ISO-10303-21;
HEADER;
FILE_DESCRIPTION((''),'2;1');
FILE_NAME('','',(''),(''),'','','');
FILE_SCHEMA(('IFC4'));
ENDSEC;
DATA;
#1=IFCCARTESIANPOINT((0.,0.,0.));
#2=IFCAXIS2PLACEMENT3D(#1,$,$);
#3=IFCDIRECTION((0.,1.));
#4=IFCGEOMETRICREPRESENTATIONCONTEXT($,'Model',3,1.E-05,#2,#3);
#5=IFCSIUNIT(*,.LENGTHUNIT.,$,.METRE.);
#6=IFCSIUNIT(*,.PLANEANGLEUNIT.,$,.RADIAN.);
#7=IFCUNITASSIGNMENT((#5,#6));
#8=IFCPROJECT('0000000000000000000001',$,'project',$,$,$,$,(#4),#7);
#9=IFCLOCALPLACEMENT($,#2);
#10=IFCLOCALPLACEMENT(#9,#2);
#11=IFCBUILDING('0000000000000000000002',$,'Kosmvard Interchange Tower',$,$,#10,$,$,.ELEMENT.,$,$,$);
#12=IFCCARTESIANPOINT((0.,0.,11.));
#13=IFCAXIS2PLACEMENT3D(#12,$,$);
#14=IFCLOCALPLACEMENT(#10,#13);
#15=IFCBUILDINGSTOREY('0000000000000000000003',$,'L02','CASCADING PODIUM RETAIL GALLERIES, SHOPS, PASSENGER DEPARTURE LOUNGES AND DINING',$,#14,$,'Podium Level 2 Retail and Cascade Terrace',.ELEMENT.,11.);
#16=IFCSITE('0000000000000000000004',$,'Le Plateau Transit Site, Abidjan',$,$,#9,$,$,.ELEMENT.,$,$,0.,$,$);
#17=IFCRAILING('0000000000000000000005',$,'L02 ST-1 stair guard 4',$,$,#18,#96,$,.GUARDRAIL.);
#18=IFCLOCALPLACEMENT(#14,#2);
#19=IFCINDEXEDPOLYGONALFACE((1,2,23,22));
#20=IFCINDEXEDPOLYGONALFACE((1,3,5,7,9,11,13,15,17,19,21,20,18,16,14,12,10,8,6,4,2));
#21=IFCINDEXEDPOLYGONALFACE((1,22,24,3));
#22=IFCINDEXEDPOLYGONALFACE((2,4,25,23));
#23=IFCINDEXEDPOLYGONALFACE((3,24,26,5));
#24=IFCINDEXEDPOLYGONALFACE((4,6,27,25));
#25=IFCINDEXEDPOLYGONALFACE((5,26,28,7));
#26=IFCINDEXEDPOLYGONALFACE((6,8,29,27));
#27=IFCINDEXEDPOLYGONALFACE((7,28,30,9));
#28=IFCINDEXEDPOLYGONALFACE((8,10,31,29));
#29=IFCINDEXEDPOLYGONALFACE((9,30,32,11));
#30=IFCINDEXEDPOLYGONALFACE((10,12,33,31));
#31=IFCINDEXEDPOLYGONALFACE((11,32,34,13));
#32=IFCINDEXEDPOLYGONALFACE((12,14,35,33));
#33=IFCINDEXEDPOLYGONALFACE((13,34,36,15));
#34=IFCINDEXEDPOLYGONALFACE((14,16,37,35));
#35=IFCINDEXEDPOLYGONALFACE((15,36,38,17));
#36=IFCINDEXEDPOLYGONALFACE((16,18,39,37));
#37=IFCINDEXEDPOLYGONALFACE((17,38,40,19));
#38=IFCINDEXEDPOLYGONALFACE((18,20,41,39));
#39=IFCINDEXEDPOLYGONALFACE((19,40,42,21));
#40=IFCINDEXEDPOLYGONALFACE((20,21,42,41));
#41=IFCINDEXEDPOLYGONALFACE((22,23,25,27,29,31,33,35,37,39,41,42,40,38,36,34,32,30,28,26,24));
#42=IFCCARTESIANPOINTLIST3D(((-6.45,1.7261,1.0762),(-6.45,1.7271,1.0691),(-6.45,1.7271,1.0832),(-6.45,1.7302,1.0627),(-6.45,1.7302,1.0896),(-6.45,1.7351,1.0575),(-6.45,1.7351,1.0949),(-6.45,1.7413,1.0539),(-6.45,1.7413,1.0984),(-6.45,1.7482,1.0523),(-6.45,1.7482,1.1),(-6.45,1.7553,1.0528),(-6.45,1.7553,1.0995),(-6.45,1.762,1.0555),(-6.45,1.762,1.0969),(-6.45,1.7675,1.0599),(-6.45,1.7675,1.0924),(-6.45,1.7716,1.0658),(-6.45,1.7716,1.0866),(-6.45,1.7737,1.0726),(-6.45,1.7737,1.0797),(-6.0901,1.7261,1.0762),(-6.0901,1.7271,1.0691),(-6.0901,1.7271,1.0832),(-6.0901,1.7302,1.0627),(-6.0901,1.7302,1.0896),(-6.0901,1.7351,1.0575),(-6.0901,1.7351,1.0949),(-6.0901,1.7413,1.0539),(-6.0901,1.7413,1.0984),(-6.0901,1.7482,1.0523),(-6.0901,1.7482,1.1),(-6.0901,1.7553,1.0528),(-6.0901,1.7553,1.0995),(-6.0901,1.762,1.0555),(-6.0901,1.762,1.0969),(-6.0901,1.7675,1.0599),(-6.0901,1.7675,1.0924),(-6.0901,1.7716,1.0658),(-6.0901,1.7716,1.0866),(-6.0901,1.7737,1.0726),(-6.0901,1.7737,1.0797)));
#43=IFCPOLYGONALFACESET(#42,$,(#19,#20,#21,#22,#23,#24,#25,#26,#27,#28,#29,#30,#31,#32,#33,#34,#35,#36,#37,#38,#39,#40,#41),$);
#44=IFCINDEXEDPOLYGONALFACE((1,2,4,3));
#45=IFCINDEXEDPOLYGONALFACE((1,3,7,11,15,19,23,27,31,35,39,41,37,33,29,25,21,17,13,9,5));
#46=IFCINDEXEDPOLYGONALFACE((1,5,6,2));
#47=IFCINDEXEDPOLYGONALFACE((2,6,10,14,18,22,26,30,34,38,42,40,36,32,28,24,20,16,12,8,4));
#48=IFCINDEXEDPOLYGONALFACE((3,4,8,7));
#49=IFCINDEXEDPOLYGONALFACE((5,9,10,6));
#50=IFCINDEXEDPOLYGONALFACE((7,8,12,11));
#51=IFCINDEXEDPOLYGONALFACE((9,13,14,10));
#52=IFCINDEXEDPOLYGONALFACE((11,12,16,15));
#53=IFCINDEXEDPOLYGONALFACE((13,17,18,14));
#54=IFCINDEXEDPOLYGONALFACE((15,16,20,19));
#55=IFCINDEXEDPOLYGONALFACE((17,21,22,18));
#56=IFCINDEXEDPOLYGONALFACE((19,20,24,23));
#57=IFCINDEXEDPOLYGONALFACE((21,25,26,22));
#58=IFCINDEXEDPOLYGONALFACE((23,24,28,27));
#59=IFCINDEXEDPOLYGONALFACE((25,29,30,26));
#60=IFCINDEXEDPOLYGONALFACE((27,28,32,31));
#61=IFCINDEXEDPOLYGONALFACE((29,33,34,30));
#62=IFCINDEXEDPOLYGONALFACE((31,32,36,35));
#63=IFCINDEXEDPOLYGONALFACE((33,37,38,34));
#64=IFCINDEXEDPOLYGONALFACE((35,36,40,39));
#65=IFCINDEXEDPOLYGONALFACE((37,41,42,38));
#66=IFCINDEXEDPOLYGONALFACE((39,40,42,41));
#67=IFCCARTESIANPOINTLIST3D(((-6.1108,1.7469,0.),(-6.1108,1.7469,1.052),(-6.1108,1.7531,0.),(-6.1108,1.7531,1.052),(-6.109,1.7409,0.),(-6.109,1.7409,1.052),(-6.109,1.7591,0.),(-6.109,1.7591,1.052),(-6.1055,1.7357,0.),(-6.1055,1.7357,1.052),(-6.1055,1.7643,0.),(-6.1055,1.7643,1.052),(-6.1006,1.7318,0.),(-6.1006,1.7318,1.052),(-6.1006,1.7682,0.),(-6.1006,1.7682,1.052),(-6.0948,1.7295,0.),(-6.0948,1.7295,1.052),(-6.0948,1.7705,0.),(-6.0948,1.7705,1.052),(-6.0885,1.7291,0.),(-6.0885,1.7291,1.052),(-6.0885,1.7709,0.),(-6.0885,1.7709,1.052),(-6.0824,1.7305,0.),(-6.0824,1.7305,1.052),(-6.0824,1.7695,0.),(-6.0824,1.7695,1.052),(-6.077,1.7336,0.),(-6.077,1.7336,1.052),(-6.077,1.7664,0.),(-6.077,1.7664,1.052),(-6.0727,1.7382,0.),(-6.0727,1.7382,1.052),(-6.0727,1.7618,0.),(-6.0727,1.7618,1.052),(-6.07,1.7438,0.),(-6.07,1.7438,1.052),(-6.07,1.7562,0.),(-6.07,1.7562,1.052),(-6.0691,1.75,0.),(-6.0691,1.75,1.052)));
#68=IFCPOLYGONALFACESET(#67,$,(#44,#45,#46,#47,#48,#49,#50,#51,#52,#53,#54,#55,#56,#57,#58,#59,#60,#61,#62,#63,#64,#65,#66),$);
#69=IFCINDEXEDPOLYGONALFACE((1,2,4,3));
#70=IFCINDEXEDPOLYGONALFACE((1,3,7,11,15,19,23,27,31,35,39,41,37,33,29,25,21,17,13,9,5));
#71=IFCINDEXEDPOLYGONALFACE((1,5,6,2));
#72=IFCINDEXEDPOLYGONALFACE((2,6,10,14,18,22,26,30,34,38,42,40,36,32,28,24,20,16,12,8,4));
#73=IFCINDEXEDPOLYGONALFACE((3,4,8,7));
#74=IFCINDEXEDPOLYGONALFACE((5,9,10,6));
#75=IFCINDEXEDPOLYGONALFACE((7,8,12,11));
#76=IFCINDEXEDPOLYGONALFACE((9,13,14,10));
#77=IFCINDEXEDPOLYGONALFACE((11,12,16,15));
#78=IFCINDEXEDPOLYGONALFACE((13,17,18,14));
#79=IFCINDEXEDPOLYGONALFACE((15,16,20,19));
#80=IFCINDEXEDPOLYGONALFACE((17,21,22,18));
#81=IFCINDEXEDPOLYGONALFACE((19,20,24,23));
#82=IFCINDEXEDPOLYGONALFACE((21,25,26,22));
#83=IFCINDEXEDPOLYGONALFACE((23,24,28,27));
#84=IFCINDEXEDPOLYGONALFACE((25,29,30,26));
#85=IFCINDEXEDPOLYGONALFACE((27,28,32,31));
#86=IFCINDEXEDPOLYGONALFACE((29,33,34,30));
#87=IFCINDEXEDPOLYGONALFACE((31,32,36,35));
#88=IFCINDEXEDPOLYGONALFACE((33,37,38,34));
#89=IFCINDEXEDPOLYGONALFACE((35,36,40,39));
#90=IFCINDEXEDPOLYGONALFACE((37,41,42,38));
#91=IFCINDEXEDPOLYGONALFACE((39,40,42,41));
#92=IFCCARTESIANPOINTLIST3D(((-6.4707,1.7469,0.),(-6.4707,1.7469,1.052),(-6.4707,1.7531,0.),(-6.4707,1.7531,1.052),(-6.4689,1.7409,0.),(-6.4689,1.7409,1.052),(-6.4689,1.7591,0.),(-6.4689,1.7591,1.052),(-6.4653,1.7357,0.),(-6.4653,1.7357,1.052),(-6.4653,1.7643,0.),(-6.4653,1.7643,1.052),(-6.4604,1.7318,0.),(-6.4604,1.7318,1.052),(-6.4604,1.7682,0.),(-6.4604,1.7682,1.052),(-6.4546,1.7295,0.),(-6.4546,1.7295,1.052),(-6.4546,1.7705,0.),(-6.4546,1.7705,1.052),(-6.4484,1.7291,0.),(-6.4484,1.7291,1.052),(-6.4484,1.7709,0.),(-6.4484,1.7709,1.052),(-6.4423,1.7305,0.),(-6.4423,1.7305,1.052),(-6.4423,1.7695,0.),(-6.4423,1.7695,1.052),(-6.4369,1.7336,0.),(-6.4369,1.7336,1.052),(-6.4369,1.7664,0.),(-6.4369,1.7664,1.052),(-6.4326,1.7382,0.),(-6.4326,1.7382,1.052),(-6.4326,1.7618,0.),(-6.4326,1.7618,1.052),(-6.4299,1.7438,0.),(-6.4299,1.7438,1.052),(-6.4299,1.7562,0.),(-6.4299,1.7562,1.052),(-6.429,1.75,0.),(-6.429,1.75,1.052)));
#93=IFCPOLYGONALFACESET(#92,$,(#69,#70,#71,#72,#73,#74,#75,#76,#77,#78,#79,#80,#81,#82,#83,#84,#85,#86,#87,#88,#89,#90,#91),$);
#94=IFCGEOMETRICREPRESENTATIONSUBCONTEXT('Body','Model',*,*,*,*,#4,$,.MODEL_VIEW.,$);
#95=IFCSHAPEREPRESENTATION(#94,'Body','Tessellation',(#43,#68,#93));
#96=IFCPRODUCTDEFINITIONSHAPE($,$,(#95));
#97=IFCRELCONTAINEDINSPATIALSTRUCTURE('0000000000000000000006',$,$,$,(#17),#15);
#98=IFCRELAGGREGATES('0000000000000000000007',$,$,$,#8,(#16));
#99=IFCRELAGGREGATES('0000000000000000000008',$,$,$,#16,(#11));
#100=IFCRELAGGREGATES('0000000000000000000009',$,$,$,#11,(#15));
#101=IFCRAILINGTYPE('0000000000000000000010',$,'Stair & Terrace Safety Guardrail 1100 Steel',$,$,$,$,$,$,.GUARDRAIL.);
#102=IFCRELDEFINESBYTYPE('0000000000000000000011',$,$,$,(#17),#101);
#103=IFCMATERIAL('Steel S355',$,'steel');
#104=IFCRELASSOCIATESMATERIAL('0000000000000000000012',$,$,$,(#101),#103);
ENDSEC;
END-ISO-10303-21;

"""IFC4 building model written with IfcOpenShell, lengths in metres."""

from ifc_helpers import new_model, si_unit, direction, frame, origin, origin_2d, place, context, subcontext, project, spatial, circle, extrude, source, transform, mapped, material, type_object, element, save


model = new_model("IFC4")

# Units and contexts
model_context = context("Model", 3, precision=1e-05, world=origin(), true_north=direction((0.0, 1.0)))
body_context = subcontext(model_context, "Body", "Model", "MODEL_VIEW")
ifc_project = project(units=[si_unit("LENGTHUNIT", "METRE"), si_unit("PLANEANGLEUNIT", "RADIAN")], contexts=[model_context])

# Site, building, storey
site_placement = place(None, origin())
site = spatial("IfcSite", under=ifc_project, at=site_placement, Name="Le Plateau Transit Site, Abidjan", CompositionType="ELEMENT", RefElevation=0.0)
building_placement = place(site_placement, origin())
building = spatial("IfcBuilding", under=site, at=building_placement, Name="Kosmvard Interchange Tower", CompositionType="ELEMENT")
storey_placement = place(building_placement, frame((0.0, 0.0, 11.0)))
storey = spatial("IfcBuildingStorey", under=building, at=storey_placement, Name="L02", Description="CASCADING PODIUM RETAIL GALLERIES, SHOPS, PASSENGER DEPARTURE LOUNGES AND DINING", LongName="Podium Level 2 Retail and Cascade Terrace", CompositionType="ELEMENT", Elevation=11.0)

# Shared definitions
ifc_material_1 = material(Name="Steel S355", Category="steel")

# Railing
railing_type_1 = type_object("IfcRailingType", Name="Stair & Terrace Safety Guardrail 1100 Steel", PredefinedType="GUARDRAIL", material=ifc_material_1)
shared_shape_1 = source(origin(), body_context, "Body", "SweptSolid", [
    extrude(circle(Radius=0.0239, at=origin_2d()), frame((0.0, 0.0, 1.0762), z_axis=(-1.0, 0.0, 0.0), x_axis=(0.0, -1.0, 0.0)), (0.0, 0.0, 1.0), 0.3599),
    extrude(circle(Radius=0.021, at=origin_2d()), origin(), (0.0, 0.0, 1.0), 1.052),
    extrude(circle(Radius=0.021, at=origin_2d()), frame((-0.3599, 0.0, 0.0)), (0.0, 0.0, 1.0), 1.052),
])
for number, where, name in (
    (1, (-6.0901, 1.75, 0.0), "L02 ST-1 stair guard 4"),
):
    element("IfcRailing", number, at=place(storey_placement, frame(where)), inside=storey, type_object=railing_type_1, Name=name, PredefinedType="GUARDRAIL", context=body_context, shape_type="MappedRepresentation", body=[
        mapped(shared_shape_1, transform((0.0, 0.0, 0.0), scale=1.0)),
    ])

save(model, "model.ifc")
